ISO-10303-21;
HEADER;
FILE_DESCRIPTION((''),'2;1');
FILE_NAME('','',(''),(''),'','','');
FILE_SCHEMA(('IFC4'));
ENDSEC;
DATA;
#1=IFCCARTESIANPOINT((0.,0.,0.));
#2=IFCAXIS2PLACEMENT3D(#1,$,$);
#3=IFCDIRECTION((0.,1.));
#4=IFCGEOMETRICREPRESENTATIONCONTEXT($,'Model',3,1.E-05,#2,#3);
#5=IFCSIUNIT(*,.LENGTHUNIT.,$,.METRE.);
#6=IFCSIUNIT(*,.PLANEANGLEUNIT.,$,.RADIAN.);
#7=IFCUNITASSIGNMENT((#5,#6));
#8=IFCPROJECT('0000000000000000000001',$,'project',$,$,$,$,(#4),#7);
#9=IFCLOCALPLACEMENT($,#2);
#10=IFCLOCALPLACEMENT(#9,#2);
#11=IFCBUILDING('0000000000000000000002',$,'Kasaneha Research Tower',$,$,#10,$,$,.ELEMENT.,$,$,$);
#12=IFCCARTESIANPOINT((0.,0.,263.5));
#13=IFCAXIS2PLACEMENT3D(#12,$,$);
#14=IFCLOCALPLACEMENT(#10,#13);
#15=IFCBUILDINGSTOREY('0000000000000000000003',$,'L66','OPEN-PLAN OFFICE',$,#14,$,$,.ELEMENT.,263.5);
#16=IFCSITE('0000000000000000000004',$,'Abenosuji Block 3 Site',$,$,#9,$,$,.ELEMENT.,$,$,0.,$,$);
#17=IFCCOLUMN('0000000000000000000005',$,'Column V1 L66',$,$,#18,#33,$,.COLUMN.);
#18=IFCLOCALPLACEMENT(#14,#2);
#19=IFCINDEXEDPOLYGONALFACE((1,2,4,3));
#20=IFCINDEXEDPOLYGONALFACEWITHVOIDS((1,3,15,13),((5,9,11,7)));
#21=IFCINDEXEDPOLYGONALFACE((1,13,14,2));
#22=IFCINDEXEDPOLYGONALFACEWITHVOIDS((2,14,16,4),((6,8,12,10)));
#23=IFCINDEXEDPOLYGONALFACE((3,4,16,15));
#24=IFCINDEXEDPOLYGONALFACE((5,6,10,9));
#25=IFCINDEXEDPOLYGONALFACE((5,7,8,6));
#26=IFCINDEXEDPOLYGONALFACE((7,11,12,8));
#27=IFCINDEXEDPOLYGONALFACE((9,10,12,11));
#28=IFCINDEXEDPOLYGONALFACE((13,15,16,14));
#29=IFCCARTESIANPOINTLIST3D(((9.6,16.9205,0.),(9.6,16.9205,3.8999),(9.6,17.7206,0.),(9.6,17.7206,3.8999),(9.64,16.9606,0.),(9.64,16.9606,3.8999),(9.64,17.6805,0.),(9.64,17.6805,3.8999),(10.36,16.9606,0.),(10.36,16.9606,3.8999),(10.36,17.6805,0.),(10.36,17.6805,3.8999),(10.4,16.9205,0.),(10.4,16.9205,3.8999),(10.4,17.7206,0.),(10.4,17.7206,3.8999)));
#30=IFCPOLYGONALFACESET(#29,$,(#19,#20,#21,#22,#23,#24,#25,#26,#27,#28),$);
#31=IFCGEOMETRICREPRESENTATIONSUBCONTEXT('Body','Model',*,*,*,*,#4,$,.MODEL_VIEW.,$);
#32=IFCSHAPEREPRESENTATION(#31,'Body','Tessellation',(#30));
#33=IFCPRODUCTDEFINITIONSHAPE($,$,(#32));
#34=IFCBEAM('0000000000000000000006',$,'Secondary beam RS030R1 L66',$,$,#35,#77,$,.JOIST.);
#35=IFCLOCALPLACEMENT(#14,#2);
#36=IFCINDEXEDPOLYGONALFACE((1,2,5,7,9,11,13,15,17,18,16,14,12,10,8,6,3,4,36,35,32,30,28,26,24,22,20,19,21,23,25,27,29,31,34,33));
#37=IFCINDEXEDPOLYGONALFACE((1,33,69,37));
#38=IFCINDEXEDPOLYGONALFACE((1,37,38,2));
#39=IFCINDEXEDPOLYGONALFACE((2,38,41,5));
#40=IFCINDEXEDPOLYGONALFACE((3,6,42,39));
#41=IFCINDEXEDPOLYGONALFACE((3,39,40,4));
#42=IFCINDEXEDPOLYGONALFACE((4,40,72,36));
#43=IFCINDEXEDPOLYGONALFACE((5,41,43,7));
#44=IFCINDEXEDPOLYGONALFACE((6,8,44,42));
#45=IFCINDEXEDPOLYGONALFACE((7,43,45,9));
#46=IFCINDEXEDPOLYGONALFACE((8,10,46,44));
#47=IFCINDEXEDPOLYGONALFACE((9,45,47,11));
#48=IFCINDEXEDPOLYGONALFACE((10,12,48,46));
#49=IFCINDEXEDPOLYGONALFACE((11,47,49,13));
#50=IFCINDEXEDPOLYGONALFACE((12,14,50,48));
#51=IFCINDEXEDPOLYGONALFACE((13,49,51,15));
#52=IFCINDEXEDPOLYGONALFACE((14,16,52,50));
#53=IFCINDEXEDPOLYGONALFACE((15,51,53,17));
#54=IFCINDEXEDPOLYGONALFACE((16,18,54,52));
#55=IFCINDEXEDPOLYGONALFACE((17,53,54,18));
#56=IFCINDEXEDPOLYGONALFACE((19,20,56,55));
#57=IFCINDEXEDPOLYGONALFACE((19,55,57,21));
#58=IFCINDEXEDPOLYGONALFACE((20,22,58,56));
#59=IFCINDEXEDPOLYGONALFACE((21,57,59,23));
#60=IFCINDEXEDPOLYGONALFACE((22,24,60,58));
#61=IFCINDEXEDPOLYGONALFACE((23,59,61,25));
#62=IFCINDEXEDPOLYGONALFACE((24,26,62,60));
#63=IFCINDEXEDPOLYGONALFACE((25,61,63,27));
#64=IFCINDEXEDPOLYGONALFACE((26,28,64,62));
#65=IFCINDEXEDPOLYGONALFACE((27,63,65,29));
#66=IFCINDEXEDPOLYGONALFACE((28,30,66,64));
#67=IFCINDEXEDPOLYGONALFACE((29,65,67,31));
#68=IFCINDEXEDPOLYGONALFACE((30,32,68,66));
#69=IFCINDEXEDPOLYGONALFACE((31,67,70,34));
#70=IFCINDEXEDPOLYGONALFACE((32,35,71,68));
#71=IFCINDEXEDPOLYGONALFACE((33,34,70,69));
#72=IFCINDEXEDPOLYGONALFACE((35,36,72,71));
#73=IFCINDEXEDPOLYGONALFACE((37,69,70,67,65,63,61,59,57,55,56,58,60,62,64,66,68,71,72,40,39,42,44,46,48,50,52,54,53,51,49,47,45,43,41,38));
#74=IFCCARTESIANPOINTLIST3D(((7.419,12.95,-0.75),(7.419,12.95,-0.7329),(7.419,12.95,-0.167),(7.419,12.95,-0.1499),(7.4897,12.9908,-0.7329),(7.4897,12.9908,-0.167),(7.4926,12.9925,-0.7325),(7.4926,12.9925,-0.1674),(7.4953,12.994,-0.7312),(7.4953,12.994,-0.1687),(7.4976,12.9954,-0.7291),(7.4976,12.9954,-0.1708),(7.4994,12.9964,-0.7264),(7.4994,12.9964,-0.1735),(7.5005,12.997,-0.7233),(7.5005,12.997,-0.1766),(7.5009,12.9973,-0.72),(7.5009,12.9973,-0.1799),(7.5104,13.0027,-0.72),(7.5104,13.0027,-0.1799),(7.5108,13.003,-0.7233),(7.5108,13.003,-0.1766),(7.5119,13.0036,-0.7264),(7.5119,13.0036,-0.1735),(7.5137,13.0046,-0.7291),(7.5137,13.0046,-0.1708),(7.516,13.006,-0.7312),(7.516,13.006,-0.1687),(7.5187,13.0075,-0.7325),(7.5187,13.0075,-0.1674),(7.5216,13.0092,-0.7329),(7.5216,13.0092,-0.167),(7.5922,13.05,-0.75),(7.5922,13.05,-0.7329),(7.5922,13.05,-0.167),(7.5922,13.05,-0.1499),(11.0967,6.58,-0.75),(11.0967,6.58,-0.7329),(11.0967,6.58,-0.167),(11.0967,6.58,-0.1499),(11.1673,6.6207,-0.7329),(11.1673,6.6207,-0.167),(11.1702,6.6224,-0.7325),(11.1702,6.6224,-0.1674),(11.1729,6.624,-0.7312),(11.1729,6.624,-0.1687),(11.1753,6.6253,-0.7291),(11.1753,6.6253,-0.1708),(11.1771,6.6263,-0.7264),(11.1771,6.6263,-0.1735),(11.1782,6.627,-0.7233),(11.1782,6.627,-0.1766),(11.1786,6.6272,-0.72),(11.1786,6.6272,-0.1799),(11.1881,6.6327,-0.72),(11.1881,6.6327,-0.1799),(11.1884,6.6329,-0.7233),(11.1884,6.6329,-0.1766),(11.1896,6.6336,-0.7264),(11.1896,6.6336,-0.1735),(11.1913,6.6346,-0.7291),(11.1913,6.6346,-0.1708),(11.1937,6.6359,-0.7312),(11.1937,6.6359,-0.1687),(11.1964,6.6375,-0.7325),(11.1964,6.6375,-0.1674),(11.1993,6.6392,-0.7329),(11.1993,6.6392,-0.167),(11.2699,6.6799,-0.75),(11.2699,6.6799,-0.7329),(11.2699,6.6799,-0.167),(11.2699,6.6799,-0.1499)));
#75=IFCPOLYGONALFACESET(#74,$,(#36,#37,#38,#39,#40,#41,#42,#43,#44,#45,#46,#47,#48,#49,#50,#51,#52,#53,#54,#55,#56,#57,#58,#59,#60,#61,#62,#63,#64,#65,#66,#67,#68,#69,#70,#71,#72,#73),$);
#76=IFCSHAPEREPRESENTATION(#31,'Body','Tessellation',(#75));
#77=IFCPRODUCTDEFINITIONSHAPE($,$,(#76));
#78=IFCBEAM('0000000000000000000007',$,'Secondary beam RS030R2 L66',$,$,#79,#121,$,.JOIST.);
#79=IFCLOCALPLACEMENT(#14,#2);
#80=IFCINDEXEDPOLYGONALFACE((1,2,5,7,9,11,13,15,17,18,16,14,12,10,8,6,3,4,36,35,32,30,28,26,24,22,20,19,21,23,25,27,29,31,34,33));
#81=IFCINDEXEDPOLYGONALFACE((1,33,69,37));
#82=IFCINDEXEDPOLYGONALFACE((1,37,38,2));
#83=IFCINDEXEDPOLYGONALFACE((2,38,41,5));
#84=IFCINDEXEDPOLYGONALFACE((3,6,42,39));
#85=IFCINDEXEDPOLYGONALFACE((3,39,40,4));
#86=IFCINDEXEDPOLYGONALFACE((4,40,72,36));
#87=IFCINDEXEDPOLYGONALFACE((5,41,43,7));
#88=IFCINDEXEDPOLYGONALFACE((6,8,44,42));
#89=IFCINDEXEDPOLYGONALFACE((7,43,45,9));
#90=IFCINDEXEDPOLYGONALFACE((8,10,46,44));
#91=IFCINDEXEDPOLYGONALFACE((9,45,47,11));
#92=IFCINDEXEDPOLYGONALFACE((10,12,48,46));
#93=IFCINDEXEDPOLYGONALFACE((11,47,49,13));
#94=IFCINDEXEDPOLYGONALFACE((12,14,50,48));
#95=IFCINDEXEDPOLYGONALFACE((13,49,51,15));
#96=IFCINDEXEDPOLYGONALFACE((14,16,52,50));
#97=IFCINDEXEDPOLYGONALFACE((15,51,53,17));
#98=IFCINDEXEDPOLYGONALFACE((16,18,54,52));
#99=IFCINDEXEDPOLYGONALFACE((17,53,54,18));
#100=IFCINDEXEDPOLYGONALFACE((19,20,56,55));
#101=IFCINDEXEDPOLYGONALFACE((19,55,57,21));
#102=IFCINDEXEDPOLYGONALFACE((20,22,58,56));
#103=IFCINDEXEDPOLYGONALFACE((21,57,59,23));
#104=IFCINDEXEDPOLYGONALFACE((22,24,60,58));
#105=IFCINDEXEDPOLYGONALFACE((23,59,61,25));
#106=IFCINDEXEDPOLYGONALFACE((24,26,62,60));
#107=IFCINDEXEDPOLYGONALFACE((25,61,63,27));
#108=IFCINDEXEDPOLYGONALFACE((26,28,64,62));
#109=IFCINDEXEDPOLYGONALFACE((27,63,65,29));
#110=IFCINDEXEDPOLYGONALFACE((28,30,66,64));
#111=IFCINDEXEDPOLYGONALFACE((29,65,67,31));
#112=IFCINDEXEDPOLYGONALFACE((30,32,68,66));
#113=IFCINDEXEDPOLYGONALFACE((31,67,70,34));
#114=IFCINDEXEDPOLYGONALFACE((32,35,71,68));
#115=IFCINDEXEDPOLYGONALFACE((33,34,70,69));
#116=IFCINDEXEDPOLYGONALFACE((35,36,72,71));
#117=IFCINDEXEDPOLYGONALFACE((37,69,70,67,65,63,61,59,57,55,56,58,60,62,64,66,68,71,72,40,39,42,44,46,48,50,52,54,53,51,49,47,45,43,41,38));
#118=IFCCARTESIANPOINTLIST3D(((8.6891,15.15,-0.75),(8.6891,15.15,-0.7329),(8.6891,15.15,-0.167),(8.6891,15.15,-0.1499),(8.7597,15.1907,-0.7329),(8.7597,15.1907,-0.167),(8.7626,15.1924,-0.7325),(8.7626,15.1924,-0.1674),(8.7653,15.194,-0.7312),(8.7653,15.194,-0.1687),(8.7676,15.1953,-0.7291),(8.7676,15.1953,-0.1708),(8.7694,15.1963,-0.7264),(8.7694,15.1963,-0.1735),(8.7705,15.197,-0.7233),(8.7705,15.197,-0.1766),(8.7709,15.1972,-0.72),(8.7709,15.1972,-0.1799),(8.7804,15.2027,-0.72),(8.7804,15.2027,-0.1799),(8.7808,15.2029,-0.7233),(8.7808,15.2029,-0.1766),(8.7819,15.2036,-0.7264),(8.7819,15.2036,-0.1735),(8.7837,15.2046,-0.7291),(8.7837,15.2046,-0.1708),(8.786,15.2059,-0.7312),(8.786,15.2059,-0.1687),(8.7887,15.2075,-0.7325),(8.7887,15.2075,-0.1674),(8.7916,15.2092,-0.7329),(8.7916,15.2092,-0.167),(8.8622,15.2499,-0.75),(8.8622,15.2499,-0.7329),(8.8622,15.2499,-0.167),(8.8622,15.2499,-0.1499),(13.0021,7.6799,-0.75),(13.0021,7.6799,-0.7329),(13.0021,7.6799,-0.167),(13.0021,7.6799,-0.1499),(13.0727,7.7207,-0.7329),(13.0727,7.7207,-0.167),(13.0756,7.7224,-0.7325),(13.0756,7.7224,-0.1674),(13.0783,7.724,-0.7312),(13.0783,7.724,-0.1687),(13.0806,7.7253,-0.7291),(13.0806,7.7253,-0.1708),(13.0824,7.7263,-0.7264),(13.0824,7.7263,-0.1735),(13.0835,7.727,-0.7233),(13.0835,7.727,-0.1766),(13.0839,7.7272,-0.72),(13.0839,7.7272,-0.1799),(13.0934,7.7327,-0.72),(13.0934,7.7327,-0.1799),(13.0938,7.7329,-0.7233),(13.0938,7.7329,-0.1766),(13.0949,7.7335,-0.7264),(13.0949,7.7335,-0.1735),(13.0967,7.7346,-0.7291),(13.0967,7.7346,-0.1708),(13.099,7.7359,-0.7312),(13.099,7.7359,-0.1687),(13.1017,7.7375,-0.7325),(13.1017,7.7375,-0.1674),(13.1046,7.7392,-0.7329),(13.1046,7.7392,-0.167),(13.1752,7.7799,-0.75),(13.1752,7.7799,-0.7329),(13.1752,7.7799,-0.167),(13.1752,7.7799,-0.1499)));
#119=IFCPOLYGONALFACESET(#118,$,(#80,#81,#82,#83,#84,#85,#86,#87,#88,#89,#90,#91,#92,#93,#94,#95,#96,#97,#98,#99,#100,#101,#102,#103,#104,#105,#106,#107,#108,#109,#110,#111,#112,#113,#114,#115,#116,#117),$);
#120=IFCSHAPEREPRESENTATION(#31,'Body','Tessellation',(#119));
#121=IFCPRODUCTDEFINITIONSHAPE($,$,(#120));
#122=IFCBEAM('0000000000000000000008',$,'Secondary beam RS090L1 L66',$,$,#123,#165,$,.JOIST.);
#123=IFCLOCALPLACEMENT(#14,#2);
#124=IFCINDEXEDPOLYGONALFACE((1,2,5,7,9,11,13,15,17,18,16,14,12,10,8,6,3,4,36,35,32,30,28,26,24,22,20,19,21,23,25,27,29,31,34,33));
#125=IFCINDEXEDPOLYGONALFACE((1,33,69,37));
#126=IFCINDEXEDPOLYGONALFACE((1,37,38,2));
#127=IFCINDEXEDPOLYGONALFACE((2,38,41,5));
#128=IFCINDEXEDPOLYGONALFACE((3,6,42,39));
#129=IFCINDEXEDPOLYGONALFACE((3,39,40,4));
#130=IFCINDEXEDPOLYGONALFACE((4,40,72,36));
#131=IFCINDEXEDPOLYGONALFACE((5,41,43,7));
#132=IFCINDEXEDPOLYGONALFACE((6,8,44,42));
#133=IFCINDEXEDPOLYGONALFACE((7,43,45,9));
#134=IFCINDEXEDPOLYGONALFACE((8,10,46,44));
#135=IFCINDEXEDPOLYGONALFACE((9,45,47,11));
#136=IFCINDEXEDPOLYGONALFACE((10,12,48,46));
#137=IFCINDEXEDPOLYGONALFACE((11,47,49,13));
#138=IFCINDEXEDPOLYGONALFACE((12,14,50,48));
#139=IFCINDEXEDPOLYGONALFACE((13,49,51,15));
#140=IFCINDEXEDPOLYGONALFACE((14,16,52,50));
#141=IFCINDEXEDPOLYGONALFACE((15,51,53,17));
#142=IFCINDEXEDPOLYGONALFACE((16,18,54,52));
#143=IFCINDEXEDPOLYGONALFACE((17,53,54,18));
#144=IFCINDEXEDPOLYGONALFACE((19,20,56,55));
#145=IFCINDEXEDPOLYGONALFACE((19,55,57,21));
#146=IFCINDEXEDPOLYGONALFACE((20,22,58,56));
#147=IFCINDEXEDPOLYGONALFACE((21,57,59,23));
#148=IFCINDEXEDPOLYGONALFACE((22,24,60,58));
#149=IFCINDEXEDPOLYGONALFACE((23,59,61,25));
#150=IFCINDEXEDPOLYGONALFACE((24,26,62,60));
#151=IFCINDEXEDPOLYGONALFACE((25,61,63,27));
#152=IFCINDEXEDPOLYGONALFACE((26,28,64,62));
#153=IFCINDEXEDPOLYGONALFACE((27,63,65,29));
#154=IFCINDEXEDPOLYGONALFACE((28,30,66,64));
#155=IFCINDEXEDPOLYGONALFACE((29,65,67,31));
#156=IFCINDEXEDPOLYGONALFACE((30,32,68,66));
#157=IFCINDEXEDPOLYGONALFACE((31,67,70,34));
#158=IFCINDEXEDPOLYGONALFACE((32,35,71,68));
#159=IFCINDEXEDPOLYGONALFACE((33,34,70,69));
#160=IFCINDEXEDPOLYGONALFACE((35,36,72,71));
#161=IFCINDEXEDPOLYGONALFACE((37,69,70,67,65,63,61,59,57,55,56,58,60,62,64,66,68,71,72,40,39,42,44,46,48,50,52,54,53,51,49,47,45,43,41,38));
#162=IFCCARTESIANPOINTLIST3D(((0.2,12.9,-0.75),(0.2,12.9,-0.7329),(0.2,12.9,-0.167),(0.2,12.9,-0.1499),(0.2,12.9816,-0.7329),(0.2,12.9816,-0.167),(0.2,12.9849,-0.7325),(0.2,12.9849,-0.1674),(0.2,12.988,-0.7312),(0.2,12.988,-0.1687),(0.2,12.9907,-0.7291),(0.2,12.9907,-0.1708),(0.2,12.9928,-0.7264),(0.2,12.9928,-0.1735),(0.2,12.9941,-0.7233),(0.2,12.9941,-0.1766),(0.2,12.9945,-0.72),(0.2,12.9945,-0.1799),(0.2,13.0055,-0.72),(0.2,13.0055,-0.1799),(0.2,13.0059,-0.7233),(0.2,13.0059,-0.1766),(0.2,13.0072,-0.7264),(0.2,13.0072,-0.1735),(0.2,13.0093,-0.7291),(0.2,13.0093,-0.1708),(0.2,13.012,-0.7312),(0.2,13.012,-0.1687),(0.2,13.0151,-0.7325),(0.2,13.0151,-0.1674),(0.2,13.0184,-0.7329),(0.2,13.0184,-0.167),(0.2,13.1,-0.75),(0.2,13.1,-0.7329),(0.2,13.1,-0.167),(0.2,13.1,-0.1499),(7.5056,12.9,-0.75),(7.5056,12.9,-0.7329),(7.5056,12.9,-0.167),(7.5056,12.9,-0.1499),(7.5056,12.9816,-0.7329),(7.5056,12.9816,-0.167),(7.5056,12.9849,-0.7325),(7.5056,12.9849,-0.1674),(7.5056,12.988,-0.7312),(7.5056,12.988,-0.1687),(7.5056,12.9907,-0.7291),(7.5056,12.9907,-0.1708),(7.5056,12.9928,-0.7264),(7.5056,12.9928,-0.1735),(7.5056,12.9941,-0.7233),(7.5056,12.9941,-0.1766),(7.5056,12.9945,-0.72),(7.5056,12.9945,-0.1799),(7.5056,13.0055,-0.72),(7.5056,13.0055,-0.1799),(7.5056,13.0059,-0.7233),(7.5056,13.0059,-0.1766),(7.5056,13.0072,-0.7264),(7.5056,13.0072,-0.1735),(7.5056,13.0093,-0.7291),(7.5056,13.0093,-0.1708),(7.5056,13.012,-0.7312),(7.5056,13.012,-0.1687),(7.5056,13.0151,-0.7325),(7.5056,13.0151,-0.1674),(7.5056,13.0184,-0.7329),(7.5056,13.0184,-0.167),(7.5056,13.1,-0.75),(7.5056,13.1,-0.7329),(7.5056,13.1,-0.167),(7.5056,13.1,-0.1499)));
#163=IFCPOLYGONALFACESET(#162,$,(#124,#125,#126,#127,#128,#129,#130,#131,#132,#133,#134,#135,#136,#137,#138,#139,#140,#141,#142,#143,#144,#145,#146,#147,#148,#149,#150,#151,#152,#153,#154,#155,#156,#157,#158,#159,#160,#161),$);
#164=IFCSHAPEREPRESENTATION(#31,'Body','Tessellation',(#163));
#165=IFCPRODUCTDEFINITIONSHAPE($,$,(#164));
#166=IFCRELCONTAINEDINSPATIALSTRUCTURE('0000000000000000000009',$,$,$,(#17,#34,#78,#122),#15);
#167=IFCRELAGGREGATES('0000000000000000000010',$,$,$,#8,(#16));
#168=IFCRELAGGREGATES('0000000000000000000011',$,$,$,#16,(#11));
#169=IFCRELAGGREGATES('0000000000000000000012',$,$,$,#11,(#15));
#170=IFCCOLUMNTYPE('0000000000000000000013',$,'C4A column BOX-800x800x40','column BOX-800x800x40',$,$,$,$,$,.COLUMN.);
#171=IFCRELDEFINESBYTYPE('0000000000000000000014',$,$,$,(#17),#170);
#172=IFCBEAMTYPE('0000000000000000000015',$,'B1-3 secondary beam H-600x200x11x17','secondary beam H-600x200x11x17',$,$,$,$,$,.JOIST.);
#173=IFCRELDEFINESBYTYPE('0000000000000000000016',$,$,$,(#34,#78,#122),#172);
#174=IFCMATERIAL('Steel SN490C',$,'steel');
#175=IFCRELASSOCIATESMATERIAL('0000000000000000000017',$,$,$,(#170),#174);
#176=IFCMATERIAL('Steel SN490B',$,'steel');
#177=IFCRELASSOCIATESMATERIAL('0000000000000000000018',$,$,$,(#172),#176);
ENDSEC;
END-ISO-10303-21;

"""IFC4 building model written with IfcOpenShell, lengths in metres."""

from ifc_helpers import new_model, si_unit, direction, frame, origin, origin_2d, place, context, subcontext, project, spatial, hollow_rectangle, i_section, extrude, material, material_profile, profile_set, type_object, element, save


model = new_model("IFC4")

# Units and contexts
model_context = context("Model", 3, precision=1e-05, world=origin(), true_north=direction((0.0, 1.0)))
body_context = subcontext(model_context, "Body", "Model", "MODEL_VIEW")
ifc_project = project(units=[si_unit("LENGTHUNIT", "METRE"), si_unit("PLANEANGLEUNIT", "RADIAN")], contexts=[model_context])

# Site, building, storey
site_placement = place(None, origin())
site = spatial("IfcSite", under=ifc_project, at=site_placement, Name="Abenosuji Block 3 Site", CompositionType="ELEMENT", RefElevation=0.0)
building_placement = place(site_placement, origin())
building = spatial("IfcBuilding", under=site, at=building_placement, Name="Kasaneha Research Tower", CompositionType="ELEMENT")
storey_placement = place(building_placement, frame((0.0, 0.0, 263.5)))
storey = spatial("IfcBuildingStorey", under=building, at=storey_placement, Name="L66", Description="OPEN-PLAN OFFICE", CompositionType="ELEMENT", Elevation=263.5)

# Column
ifc_material_1 = material(Name="Steel SN490C", Category="steel")
ifc_material_profile_1 = material_profile(ifc_material_1, hollow_rectangle(XDim=0.8, YDim=0.8, WallThickness=0.04, at=origin_2d()), Name="BOX-800x800x40")
ifc_profile_set_1 = profile_set([ifc_material_profile_1], Name="Steel SN490C")
column_type = type_object("IfcColumnType", Name="C4A column BOX-800x800x40", Description="column BOX-800x800x40", PredefinedType="COLUMN", material=ifc_profile_set_1)
column_placement = place(storey_placement, frame((10.0, 17.3206, 0.0), z_axis=(0.0, 0.0, 1.0), x_axis=(1.0, 0.0, 0.0)))
element("IfcColumn", 1, at=column_placement, inside=storey, type_object=column_type, Name="Column V1 L66", PredefinedType="COLUMN", context=body_context, shape_type="SweptSolid", body=[
    extrude(hollow_rectangle(XDim=0.8, YDim=0.8, WallThickness=0.04, at=origin_2d()), origin(), (0.0, 0.0, 1.0), 3.8999),
])

# Beams
ifc_material_2 = material(Name="Steel SN490B", Category="steel")
ifc_material_profile_2 = material_profile(ifc_material_2, i_section(OverallWidth=0.2, OverallDepth=0.6001, WebThickness=0.011, FlangeThickness=0.0171, FilletRadius=0.0129, at=origin_2d()), Name="H-600x200x11x17")
ifc_profile_set_2 = profile_set([ifc_material_profile_2], Name="Steel SN490B")
beam_type_1 = type_object("IfcBeamType", Name="B1-3 secondary beam H-600x200x11x17", Description="secondary beam H-600x200x11x17", PredefinedType="JOIST", material=ifc_profile_set_2)
beam_1_placement = place(storey_placement, frame((7.5056, 13.0, -0.45), z_axis=(0.499994, -0.866029, 0.0), x_axis=(0.866029, 0.499994, 0.0)))
element("IfcBeam", 2, at=beam_1_placement, inside=storey, type_object=beam_type_1, Name="Secondary beam RS030R1 L66", PredefinedType="JOIST", context=body_context, shape_type="SweptSolid", body=[
    extrude(i_section(OverallWidth=0.2, OverallDepth=0.6001, WebThickness=0.011, FlangeThickness=0.0171, FilletRadius=0.0129, at=origin_2d()), origin(), (0.0, 0.0, 1.0), 7.3555),
])
beam_2_placement = place(storey_placement, frame((8.7756, 15.2, -0.45), z_axis=(0.500017, -0.866015, 0.0), x_axis=(0.866015, 0.500017, 0.0)))
element("IfcBeam", 3, at=beam_2_placement, inside=storey, type_object=beam_type_1, Name="Secondary beam RS030R2 L66", PredefinedType="JOIST", context=body_context, shape_type="SweptSolid", body=[
    extrude(i_section(OverallWidth=0.2, OverallDepth=0.6001, WebThickness=0.011, FlangeThickness=0.0171, FilletRadius=0.0129, at=origin_2d()), origin(), (0.0, 0.0, 1.0), 8.6257),
])
beam_3_placement = place(storey_placement, frame((7.5056, 13.0, -0.45), z_axis=(-1.0, 0.0, 0.0), x_axis=(0.0, -1.0, 0.0)))
element("IfcBeam", 4, at=beam_3_placement, inside=storey, type_object=beam_type_1, Name="Secondary beam RS090L1 L66", PredefinedType="JOIST", context=body_context, shape_type="SweptSolid", body=[
    extrude(i_section(OverallWidth=0.2, OverallDepth=0.6001, WebThickness=0.011, FlangeThickness=0.0171, FilletRadius=0.0129, at=origin_2d()), origin(), (0.0, 0.0, 1.0), 7.3057),
])

save(model, "model.ifc")
